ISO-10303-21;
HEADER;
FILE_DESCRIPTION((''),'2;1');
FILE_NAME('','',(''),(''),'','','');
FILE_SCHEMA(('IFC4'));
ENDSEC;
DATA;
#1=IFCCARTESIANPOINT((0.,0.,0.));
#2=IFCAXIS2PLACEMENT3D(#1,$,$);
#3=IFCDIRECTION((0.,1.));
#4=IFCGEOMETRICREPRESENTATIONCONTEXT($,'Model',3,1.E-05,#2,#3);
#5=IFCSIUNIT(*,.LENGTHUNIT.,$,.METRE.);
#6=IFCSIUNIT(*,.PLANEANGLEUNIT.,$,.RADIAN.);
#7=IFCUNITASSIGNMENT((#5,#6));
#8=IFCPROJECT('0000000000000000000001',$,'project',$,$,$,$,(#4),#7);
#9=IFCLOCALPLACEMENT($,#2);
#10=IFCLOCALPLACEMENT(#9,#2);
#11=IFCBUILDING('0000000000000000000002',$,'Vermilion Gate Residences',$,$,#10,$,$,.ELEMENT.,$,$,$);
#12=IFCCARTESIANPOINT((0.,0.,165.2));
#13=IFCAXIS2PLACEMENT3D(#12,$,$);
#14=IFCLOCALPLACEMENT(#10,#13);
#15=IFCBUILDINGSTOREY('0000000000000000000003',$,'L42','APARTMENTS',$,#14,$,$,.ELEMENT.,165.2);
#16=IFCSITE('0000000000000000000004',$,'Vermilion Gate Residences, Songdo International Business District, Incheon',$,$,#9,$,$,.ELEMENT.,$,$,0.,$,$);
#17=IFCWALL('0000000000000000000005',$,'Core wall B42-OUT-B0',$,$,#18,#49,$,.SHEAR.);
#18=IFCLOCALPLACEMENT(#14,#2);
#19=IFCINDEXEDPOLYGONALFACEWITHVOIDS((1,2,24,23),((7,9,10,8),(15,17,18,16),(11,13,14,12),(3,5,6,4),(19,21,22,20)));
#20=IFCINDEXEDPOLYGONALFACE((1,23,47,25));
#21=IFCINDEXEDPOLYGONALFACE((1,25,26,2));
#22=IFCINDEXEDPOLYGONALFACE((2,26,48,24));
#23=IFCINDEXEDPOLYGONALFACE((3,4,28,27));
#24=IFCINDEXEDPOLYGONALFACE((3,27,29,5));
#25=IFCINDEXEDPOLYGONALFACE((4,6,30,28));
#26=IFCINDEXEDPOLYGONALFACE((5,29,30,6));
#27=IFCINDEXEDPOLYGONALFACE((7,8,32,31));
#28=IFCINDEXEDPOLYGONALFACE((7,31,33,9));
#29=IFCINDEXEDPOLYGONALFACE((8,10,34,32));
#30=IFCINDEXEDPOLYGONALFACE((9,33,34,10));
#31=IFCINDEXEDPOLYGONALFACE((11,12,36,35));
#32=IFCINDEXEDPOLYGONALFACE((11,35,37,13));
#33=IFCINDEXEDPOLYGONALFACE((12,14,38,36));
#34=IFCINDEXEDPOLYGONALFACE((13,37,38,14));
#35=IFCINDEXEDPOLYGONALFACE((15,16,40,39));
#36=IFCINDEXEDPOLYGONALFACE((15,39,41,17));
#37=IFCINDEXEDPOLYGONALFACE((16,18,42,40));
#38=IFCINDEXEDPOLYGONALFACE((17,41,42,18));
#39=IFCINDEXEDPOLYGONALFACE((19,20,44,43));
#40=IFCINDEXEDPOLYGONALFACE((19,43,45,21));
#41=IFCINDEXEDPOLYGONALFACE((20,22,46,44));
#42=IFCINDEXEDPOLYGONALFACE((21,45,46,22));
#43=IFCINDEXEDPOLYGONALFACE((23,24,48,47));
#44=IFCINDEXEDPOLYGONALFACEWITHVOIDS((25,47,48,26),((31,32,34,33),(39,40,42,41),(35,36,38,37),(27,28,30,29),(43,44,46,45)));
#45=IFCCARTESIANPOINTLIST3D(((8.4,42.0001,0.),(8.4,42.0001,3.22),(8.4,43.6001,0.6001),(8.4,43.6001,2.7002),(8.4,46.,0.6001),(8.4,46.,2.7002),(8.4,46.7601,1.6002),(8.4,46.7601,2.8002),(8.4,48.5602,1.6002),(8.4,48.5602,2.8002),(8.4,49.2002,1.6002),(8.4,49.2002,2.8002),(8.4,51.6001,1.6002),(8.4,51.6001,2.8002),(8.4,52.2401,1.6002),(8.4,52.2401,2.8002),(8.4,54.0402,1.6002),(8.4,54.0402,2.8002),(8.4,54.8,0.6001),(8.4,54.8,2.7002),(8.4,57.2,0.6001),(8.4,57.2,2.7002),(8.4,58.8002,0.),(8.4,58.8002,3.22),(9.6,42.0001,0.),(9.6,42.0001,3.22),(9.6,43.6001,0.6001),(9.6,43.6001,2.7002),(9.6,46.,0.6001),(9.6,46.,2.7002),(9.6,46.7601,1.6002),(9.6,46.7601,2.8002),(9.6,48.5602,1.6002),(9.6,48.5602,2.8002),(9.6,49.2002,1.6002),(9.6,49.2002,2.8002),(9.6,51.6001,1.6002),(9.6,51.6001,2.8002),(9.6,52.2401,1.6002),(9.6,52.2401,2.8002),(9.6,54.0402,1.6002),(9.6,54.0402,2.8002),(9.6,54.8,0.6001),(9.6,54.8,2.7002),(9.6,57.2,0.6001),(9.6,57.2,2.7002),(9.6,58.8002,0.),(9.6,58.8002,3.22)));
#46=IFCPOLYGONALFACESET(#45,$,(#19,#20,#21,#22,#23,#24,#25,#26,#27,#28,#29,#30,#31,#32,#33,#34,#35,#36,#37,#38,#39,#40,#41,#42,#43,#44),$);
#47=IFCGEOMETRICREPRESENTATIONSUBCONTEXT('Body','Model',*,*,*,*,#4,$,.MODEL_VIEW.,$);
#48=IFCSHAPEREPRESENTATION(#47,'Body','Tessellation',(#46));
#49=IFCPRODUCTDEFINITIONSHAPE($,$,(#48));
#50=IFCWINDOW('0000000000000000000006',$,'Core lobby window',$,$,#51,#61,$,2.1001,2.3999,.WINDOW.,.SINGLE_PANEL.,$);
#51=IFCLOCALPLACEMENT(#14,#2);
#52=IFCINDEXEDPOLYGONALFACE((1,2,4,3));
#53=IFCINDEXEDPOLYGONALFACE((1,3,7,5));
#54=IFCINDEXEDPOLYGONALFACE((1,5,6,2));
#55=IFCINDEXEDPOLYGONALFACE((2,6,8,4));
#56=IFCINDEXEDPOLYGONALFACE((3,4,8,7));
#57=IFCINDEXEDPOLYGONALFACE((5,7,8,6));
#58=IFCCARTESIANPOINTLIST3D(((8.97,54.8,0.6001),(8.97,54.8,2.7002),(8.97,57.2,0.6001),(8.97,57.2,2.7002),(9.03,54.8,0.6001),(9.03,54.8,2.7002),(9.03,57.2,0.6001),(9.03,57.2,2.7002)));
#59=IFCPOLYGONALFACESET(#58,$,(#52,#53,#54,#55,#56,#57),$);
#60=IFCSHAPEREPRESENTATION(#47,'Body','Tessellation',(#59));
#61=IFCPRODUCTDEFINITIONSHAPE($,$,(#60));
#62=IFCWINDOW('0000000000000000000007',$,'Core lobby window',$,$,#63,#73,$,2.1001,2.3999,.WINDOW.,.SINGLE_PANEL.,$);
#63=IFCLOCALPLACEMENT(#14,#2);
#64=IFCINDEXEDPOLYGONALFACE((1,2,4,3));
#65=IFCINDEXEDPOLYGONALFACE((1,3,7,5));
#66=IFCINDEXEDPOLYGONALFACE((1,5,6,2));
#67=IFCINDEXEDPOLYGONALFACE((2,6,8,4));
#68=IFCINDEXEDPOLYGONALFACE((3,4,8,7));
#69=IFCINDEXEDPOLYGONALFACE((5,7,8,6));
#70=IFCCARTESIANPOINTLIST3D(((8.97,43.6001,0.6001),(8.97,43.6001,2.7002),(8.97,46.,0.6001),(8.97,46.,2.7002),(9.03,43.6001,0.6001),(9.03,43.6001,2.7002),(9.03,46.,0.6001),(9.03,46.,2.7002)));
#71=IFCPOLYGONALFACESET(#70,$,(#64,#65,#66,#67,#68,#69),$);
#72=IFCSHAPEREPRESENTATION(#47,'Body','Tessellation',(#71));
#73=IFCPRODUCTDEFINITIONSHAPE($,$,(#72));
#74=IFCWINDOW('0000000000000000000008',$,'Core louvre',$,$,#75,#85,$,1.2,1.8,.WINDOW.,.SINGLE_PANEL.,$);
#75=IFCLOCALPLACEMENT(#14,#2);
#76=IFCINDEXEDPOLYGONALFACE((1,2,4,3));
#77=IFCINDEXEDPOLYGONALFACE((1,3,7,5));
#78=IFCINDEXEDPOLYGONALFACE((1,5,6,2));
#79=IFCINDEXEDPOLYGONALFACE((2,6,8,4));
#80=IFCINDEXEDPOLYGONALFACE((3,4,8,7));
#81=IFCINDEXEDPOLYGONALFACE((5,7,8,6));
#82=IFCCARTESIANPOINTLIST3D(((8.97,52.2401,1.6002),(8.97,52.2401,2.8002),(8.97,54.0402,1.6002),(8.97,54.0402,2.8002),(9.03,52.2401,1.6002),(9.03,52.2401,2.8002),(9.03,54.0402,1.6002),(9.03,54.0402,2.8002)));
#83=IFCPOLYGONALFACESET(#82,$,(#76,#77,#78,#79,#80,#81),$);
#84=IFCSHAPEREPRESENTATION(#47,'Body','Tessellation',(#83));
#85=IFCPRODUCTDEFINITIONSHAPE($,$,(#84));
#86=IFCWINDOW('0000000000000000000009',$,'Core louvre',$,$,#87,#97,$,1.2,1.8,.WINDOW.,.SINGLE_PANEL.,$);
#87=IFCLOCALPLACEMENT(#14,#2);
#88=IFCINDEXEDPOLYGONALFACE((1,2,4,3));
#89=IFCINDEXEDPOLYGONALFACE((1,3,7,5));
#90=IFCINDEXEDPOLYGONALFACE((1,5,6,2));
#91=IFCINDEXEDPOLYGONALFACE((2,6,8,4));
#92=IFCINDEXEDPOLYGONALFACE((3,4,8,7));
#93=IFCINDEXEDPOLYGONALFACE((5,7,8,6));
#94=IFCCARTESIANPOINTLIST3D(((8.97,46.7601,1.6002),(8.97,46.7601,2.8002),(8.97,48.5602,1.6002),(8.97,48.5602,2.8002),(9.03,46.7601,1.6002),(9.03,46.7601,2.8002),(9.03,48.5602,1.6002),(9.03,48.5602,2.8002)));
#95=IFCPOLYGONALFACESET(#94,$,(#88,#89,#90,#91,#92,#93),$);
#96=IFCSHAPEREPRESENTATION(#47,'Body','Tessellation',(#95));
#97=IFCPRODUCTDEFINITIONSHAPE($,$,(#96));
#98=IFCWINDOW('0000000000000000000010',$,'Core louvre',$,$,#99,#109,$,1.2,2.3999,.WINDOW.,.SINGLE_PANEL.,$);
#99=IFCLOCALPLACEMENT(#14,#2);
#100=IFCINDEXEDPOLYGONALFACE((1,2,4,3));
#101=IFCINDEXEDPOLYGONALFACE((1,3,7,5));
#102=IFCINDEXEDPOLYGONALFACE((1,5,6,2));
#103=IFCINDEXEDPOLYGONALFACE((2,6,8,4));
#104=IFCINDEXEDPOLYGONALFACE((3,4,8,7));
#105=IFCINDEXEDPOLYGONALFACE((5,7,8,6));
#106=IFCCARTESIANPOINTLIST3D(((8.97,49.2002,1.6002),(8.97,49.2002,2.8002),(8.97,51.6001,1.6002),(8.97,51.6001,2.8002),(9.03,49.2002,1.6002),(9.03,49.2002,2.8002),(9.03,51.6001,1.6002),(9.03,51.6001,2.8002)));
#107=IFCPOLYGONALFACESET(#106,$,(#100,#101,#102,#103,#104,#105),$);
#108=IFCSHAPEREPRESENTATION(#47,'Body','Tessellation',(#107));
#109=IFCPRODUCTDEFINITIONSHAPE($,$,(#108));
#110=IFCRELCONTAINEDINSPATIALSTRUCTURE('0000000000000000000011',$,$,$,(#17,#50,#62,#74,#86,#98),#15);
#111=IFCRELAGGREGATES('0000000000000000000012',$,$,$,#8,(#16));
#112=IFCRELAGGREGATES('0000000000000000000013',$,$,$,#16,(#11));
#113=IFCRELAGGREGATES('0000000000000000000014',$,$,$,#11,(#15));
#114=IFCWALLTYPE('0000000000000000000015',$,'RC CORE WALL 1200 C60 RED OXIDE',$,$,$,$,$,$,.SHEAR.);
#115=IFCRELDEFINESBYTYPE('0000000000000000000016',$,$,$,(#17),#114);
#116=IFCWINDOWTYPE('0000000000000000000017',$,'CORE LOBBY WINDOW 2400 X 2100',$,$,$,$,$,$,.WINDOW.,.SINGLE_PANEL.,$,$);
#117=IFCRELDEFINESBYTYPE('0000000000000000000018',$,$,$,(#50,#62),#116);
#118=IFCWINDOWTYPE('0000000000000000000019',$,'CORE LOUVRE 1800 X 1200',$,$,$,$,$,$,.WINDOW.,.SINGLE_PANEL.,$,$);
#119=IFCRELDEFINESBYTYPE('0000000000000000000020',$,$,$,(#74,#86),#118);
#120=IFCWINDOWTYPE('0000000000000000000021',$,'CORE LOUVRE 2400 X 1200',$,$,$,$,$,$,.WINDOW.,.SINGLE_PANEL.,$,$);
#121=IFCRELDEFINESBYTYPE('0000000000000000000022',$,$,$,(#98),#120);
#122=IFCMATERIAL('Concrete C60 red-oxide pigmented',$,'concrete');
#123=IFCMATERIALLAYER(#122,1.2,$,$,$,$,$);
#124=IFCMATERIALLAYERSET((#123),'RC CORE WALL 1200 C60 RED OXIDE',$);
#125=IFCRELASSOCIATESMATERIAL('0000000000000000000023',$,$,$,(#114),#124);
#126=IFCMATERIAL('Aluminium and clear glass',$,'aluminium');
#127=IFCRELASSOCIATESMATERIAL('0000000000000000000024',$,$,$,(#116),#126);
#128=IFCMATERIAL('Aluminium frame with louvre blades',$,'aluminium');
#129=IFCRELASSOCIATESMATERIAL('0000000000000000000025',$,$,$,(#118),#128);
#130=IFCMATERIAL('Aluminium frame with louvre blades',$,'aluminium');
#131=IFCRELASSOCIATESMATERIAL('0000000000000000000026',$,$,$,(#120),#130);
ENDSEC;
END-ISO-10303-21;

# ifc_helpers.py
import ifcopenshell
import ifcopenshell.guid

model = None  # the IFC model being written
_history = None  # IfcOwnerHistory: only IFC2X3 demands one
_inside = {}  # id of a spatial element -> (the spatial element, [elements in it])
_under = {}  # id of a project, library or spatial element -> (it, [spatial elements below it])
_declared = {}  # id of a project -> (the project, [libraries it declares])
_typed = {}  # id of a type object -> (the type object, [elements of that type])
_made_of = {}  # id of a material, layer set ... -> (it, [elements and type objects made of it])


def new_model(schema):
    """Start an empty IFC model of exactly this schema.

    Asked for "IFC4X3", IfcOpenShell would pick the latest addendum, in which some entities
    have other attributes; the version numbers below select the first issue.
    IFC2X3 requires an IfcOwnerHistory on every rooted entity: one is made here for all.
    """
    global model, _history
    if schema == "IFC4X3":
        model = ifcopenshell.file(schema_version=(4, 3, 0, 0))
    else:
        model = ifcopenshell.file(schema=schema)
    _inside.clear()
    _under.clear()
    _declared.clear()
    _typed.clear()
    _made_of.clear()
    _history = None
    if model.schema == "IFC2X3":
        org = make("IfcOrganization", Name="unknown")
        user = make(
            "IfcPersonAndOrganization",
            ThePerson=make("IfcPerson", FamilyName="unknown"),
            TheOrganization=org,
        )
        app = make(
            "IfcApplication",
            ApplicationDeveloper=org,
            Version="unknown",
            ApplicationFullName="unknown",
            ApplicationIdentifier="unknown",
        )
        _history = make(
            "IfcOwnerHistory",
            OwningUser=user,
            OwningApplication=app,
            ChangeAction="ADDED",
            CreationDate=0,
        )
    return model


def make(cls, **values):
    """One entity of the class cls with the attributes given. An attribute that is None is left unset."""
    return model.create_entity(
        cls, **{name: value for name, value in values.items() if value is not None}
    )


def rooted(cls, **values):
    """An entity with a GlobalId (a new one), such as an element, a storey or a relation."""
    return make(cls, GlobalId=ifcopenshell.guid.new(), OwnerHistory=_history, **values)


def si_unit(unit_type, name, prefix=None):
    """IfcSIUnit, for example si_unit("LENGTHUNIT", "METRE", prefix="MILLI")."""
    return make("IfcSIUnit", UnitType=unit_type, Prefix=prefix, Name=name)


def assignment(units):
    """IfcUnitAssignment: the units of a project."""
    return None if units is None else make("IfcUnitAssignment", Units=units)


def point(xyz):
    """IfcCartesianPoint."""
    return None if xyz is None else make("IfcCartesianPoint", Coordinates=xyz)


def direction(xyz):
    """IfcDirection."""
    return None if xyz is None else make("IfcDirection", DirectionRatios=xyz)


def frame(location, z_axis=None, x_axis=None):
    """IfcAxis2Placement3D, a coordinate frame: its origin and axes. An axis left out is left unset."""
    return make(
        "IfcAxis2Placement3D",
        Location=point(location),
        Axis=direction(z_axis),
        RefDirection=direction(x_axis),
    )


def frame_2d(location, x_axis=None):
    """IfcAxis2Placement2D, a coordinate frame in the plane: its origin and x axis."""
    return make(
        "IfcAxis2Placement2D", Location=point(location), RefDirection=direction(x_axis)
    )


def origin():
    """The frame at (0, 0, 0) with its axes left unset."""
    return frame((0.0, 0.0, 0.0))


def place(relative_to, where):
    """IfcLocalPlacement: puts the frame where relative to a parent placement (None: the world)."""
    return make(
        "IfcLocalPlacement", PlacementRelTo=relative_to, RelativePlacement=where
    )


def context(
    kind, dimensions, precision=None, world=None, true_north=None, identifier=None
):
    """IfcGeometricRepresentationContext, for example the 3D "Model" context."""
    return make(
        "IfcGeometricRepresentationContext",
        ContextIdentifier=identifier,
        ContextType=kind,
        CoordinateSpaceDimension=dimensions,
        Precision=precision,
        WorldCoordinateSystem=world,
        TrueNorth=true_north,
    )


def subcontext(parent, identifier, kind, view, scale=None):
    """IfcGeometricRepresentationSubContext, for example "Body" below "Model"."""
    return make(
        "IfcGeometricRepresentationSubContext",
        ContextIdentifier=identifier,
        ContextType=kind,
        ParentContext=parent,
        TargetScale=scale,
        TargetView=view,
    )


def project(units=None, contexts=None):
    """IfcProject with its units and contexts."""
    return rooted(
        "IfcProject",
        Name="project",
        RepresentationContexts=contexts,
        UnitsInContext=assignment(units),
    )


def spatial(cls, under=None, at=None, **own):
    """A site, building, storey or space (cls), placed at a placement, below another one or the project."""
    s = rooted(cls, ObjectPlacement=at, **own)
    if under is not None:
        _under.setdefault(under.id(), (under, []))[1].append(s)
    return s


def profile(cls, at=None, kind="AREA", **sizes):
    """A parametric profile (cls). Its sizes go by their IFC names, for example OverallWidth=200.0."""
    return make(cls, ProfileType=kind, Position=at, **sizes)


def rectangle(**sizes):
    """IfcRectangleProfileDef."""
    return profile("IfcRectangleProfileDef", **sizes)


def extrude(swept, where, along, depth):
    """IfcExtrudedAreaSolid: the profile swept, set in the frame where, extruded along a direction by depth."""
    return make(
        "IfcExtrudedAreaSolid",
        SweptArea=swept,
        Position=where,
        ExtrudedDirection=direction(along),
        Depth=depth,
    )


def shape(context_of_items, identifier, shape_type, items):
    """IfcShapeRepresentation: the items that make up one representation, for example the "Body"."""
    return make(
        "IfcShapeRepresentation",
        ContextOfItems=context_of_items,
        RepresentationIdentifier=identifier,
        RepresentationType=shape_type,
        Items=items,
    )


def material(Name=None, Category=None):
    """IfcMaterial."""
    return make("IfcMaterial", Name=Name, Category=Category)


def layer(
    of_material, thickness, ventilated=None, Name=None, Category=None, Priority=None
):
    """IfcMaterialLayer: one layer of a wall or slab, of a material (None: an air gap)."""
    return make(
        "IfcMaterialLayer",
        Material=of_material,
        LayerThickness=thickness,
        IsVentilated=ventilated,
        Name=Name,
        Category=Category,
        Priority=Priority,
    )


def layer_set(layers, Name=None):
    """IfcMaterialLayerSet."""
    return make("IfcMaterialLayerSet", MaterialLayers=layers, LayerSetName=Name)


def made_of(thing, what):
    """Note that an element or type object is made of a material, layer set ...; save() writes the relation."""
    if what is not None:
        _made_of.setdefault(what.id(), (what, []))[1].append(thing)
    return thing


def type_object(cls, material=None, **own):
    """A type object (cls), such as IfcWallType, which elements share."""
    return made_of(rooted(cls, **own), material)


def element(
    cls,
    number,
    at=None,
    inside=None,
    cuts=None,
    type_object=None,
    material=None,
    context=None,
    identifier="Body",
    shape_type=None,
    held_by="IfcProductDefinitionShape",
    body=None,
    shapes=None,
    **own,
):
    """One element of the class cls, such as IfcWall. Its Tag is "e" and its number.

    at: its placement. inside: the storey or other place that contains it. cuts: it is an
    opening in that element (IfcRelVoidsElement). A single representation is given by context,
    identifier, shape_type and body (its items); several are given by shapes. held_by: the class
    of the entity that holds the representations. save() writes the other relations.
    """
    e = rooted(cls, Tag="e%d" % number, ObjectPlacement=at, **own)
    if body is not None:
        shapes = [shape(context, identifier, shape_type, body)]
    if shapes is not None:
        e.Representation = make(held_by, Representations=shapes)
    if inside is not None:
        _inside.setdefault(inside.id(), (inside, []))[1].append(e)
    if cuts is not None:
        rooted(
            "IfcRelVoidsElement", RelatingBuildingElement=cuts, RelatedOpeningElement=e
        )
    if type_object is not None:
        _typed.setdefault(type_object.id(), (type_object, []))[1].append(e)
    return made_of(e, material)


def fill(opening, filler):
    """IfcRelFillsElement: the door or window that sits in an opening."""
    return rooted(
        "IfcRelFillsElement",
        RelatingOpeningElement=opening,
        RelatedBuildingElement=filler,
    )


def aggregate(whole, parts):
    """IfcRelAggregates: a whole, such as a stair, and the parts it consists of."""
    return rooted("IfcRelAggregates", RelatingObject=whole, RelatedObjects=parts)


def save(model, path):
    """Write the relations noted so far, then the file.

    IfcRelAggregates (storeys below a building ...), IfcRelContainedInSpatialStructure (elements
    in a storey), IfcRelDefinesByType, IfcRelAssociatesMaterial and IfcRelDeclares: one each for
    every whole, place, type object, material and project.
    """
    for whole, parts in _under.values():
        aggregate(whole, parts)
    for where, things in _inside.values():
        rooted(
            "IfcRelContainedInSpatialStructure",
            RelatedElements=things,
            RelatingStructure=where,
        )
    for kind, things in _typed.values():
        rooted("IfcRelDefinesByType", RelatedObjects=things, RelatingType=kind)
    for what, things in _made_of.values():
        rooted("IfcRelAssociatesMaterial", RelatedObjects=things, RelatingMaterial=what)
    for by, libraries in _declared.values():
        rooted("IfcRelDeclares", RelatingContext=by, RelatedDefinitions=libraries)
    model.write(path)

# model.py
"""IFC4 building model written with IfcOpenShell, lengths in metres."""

from ifc_helpers import new_model, si_unit, direction, frame, frame_2d, origin, place, context, subcontext, project, spatial, rectangle, extrude, material, layer, layer_set, type_object, element, fill, save


model = new_model("IFC4")

# Units and contexts
model_context = context("Model", 3, precision=1e-05, world=origin(), true_north=direction((0.0, 1.0)))
body_context = subcontext(model_context, "Body", "Model", "MODEL_VIEW")
ifc_project = project(units=[si_unit("LENGTHUNIT", "METRE"), si_unit("PLANEANGLEUNIT", "RADIAN")], contexts=[model_context])

# Site, building, storey
site_placement = place(None, origin())
site = spatial("IfcSite", under=ifc_project, at=site_placement, Name="Vermilion Gate Residences, Songdo International Business District, Incheon", CompositionType="ELEMENT", RefElevation=0.0)
building_placement = place(site_placement, origin())
building = spatial("IfcBuilding", under=site, at=building_placement, Name="Vermilion Gate Residences", CompositionType="ELEMENT")
storey_placement = place(building_placement, frame((0.0, 0.0, 165.2)))
storey = spatial("IfcBuildingStorey", under=building, at=storey_placement, Name="L42", Description="APARTMENTS", CompositionType="ELEMENT", Elevation=165.2)

# Wall, openings, windows
ifc_material_1 = material(Name="Concrete C60 red-oxide pigmented", Category="concrete")
ifc_layer_1 = layer(ifc_material_1, 1.2)
ifc_layer_set_1 = layer_set([ifc_layer_1], Name="RC CORE WALL 1200 C60 RED OXIDE")
wall_type_1 = type_object("IfcWallType", Name="RC CORE WALL 1200 C60 RED OXIDE", PredefinedType="SHEAR", material=ifc_layer_set_1)
wall_1_placement = place(storey_placement, frame((9.0, 58.8, 0.0), z_axis=(0.0, 0.0, 1.0), x_axis=(0.0, -1.0, 0.0)))
wall_1 = element("IfcWall", 1, at=wall_1_placement, inside=storey, type_object=wall_type_1, Name="Core wall B42-OUT-B0", PredefinedType="SHEAR", context=body_context, shape_type="SweptSolid", body=[
    extrude(rectangle(XDim=16.8, YDim=1.2, at=frame_2d((8.3999, 0.0))), origin(), (0.0, 0.0, 1.0), 3.22),
])
opening_1_placement = place(wall_1_placement, frame((1.6001, 0.0, 0.6001)))
opening_1 = element("IfcOpeningElement", 2, at=opening_1_placement, cuts=wall_1, PredefinedType="OPENING", context=body_context, shape_type="SweptSolid", body=[
    extrude(rectangle(XDim=2.3999, YDim=2.1001, at=frame_2d((1.2, 1.05))), frame((0.0, 0.6099, 0.0), z_axis=(0.0, -1.0, 0.0), x_axis=(1.0, 0.0, 0.0)), (0.0, 0.0, 1.0), 1.22),
])
opening_2_placement = place(wall_1_placement, frame((4.76, 0.0, 1.6001)))
opening_2 = element("IfcOpeningElement", 3, at=opening_2_placement, cuts=wall_1, PredefinedType="OPENING", context=body_context, shape_type="SweptSolid", body=[
    extrude(rectangle(XDim=1.8, YDim=1.2, at=frame_2d((0.8999, 0.6001))), frame((0.0, 0.6099, 0.0), z_axis=(0.0, -1.0, 0.0), x_axis=(1.0, 0.0, 0.0)), (0.0, 0.0, 1.0), 1.22),
])
opening_3_placement = place(wall_1_placement, frame((7.2, 0.0, 1.6001)))
opening_3 = element("IfcOpeningElement", 4, at=opening_3_placement, cuts=wall_1, PredefinedType="OPENING", context=body_context, shape_type="SweptSolid", body=[
    extrude(rectangle(XDim=2.3999, YDim=1.2, at=frame_2d((1.2, 0.6001))), frame((0.0, 0.6099, 0.0), z_axis=(0.0, -1.0, 0.0), x_axis=(1.0, 0.0, 0.0)), (0.0, 0.0, 1.0), 1.22),
])
opening_4_placement = place(wall_1_placement, frame((10.24, 0.0, 1.6001)))
opening_4 = element("IfcOpeningElement", 5, at=opening_4_placement, cuts=wall_1, PredefinedType="OPENING", context=body_context, shape_type="SweptSolid", body=[
    extrude(rectangle(XDim=1.8, YDim=1.2, at=frame_2d((0.8999, 0.6001))), frame((0.0, 0.6099, 0.0), z_axis=(0.0, -1.0, 0.0), x_axis=(1.0, 0.0, 0.0)), (0.0, 0.0, 1.0), 1.22),
])
opening_5_placement = place(wall_1_placement, frame((12.8, 0.0, 0.6001)))
opening_5 = element("IfcOpeningElement", 6, at=opening_5_placement, cuts=wall_1, PredefinedType="OPENING", context=body_context, shape_type="SweptSolid", body=[
    extrude(rectangle(XDim=2.3999, YDim=2.1001, at=frame_2d((1.2, 1.05))), frame((0.0, 0.6099, 0.0), z_axis=(0.0, -1.0, 0.0), x_axis=(1.0, 0.0, 0.0)), (0.0, 0.0, 1.0), 1.22),
])
ifc_material_2 = material(Name="Aluminium and clear glass", Category="aluminium")
window_type_1 = type_object("IfcWindowType", Name="CORE LOBBY WINDOW 2400 X 2100", PartitioningType="SINGLE_PANEL", PredefinedType="WINDOW", material=ifc_material_2)
window_1_placement = place(opening_1_placement, origin())
window_1 = element("IfcWindow", 7, at=window_1_placement, inside=storey, type_object=window_type_1, Name="Core lobby window", OverallHeight=2.1001, OverallWidth=2.3999, PartitioningType="SINGLE_PANEL", PredefinedType="WINDOW", context=body_context, shape_type="SweptSolid", body=[
    extrude(rectangle(XDim=2.3999, YDim=2.1001, at=frame_2d((1.2, 1.05))), frame((0.0, 0.03, 0.0), z_axis=(0.0, -1.0, 0.0), x_axis=(1.0, 0.0, 0.0)), (0.0, 0.0, 1.0), 0.0601),
])
fill(opening_1, window_1)
window_2_placement = place(opening_5_placement, origin())
window_2 = element("IfcWindow", 8, at=window_2_placement, inside=storey, type_object=window_type_1, Name="Core lobby window", OverallHeight=2.1001, OverallWidth=2.3999, PartitioningType="SINGLE_PANEL", PredefinedType="WINDOW", context=body_context, shape_type="SweptSolid", body=[
    extrude(rectangle(XDim=2.3999, YDim=2.1001, at=frame_2d((1.2, 1.05))), frame((0.0, 0.03, 0.0), z_axis=(0.0, -1.0, 0.0), x_axis=(1.0, 0.0, 0.0)), (0.0, 0.0, 1.0), 0.0601),
])
fill(opening_5, window_2)
ifc_material_3 = material(Name="Aluminium frame with louvre blades", Category="aluminium")
window_type_2 = type_object("IfcWindowType", Name="CORE LOUVRE 1800 X 1200", PartitioningType="SINGLE_PANEL", PredefinedType="WINDOW", material=ifc_material_3)
window_3_placement = place(opening_2_placement, origin())
window_3 = element("IfcWindow", 9, at=window_3_placement, inside=storey, type_object=window_type_2, Name="Core louvre", OverallHeight=1.2, OverallWidth=1.8, PartitioningType="SINGLE_PANEL", PredefinedType="WINDOW", context=body_context, shape_type="SweptSolid", body=[
    extrude(rectangle(XDim=1.8, YDim=1.2, at=frame_2d((0.8999, 0.6001))), frame((0.0, 0.03, 0.0), z_axis=(0.0, -1.0, 0.0), x_axis=(1.0, 0.0, 0.0)), (0.0, 0.0, 1.0), 0.0601),
])
fill(opening_2, window_3)
window_4_placement = place(opening_4_placement, origin())
window_4 = element("IfcWindow", 10, at=window_4_placement, inside=storey, type_object=window_type_2, Name="Core louvre", OverallHeight=1.2, OverallWidth=1.8, PartitioningType="SINGLE_PANEL", PredefinedType="WINDOW", context=body_context, shape_type="SweptSolid", body=[
    extrude(rectangle(XDim=1.8, YDim=1.2, at=frame_2d((0.8999, 0.6001))), frame((0.0, 0.03, 0.0), z_axis=(0.0, -1.0, 0.0), x_axis=(1.0, 0.0, 0.0)), (0.0, 0.0, 1.0), 0.0601),
])
fill(opening_4, window_4)
ifc_material_4 = material(Name="Aluminium frame with louvre blades", Category="aluminium")
window_type_3 = type_object("IfcWindowType", Name="CORE LOUVRE 2400 X 1200", PartitioningType="SINGLE_PANEL", PredefinedType="WINDOW", material=ifc_material_4)
window_5_placement = place(opening_3_placement, origin())
window_5 = element("IfcWindow", 11, at=window_5_placement, inside=storey, type_object=window_type_3, Name="Core louvre", OverallHeight=1.2, OverallWidth=2.3999, PartitioningType="SINGLE_PANEL", PredefinedType="WINDOW", context=body_context, shape_type="SweptSolid", body=[
    extrude(rectangle(XDim=2.3999, YDim=1.2, at=frame_2d((1.2, 0.6001))), frame((0.0, 0.03, 0.0), z_axis=(0.0, -1.0, 0.0), x_axis=(1.0, 0.0, 0.0)), (0.0, 0.0, 1.0), 0.0601),
])
fill(opening_3, window_5)

save(model, "model.ifc")
